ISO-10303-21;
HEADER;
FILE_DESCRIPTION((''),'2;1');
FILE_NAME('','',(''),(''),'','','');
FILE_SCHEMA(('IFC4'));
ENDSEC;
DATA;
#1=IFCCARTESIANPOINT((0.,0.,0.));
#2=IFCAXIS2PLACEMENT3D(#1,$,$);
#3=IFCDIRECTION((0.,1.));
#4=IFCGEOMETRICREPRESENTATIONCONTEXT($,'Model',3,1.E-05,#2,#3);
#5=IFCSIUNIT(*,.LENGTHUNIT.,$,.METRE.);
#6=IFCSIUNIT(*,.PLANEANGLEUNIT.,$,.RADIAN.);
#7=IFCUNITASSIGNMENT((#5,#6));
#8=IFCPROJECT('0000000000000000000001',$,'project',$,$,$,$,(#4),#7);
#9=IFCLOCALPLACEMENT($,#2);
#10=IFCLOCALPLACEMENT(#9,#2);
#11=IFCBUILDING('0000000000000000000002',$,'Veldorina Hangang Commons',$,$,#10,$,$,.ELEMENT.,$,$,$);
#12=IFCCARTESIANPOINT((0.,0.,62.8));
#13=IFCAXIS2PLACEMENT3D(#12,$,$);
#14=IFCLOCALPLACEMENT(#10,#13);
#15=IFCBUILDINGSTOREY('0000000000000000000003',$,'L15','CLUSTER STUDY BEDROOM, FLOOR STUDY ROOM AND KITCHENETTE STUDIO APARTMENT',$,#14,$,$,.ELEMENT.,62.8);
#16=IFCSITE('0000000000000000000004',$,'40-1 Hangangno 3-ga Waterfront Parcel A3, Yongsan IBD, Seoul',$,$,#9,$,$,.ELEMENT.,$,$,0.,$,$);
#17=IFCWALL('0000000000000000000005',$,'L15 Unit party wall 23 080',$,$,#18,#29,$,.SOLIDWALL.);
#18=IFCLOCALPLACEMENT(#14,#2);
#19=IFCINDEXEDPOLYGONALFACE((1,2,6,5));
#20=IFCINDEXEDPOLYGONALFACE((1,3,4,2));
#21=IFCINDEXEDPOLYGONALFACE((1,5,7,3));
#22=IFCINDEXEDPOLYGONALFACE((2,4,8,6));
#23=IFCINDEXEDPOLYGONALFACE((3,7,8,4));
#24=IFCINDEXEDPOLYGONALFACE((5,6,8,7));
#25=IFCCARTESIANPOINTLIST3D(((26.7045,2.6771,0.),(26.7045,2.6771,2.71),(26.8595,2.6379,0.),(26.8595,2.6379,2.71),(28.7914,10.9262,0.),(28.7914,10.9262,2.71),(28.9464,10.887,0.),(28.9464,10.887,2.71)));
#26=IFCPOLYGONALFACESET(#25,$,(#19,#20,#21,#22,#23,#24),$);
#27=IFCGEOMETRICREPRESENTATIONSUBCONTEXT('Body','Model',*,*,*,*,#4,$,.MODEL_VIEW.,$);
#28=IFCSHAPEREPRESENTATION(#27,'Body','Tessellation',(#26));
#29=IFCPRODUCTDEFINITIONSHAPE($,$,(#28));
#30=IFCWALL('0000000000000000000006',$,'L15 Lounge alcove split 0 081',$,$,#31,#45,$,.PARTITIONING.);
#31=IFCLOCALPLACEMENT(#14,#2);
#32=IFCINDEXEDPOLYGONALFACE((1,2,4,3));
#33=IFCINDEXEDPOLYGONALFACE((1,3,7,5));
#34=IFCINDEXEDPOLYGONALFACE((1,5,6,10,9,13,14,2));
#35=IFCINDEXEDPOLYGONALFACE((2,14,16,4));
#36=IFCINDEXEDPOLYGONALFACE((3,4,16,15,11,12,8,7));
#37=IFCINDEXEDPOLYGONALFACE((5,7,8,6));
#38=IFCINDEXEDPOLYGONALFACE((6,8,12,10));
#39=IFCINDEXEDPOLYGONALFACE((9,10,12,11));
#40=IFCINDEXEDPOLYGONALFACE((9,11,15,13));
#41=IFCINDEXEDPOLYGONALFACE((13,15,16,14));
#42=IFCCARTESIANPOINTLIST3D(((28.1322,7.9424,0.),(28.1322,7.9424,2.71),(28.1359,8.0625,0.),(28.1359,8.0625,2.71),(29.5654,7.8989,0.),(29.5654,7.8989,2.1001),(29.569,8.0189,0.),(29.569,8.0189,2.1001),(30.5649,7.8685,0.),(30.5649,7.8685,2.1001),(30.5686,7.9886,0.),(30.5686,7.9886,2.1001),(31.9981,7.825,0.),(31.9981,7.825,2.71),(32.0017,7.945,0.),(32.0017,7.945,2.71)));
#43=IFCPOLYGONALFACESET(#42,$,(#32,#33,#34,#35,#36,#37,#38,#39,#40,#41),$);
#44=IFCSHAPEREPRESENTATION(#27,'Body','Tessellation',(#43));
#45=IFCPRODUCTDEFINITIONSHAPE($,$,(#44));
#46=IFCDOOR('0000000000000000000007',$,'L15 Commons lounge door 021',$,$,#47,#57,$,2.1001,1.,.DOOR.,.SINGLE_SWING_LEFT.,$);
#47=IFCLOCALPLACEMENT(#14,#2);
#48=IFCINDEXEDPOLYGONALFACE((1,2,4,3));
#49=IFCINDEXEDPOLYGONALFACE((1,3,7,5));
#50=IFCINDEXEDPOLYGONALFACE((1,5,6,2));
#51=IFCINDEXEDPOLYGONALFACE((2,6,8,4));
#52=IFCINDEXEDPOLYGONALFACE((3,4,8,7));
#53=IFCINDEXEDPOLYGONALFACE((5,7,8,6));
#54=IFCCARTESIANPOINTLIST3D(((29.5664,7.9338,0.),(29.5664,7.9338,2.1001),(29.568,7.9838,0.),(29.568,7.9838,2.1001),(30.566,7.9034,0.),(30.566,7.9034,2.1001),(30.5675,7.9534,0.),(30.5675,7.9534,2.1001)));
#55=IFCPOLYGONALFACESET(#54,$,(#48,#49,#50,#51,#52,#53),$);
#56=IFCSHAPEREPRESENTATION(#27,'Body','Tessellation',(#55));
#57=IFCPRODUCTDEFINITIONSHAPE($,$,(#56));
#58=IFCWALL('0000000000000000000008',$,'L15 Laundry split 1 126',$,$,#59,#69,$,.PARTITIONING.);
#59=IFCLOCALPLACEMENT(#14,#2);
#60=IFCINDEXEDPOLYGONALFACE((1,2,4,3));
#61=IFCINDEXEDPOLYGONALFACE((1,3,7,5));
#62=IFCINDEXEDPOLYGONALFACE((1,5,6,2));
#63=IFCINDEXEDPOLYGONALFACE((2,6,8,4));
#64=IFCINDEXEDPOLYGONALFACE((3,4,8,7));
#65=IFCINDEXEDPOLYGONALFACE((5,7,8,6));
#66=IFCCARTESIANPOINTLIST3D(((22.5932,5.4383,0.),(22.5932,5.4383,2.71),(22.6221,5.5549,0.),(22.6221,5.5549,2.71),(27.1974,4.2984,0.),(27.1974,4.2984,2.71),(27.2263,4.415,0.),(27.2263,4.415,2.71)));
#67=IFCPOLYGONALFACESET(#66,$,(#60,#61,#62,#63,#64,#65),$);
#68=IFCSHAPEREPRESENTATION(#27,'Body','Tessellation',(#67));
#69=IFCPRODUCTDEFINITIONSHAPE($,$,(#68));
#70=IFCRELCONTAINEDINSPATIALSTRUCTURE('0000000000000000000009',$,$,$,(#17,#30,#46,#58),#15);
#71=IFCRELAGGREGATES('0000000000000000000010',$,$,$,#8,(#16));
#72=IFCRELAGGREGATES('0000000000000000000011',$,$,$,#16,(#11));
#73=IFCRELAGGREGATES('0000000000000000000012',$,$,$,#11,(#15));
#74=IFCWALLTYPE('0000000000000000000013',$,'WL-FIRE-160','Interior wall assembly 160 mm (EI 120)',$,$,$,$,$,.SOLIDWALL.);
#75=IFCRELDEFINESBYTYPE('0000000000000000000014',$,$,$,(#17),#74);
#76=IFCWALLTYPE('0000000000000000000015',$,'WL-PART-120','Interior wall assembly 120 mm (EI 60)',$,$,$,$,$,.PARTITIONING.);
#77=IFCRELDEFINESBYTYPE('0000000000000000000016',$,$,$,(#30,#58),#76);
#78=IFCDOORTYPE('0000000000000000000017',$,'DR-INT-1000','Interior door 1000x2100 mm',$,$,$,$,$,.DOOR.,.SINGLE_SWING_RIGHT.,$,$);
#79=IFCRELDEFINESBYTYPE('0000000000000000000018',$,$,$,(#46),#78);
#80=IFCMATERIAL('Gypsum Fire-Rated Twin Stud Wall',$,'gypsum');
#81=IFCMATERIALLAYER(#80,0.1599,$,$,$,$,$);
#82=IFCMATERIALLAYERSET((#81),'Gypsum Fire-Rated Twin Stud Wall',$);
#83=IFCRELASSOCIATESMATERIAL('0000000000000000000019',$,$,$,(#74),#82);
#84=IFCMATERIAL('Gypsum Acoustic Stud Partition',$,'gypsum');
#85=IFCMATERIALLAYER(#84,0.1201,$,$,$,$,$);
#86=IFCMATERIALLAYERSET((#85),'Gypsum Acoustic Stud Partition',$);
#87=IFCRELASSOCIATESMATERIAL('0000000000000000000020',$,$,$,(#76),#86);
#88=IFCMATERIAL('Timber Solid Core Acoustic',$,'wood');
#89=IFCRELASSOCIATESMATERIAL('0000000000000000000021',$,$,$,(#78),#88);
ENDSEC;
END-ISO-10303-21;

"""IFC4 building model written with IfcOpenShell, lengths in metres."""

from ifc_helpers import new_model, si_unit, direction, frame, frame_2d, origin, place, context, subcontext, project, spatial, rectangle, extrude, material, layer, layer_set, type_object, element, fill, save


model = new_model("IFC4")

# Units and contexts
model_context = context("Model", 3, precision=1e-05, world=origin(), true_north=direction((0.0, 1.0)))
body_context = subcontext(model_context, "Body", "Model", "MODEL_VIEW")
ifc_project = project(units=[si_unit("LENGTHUNIT", "METRE"), si_unit("PLANEANGLEUNIT", "RADIAN")], contexts=[model_context])

# Site, building, storey
site_placement = place(None, origin())
site = spatial("IfcSite", under=ifc_project, at=site_placement, Name="40-1 Hangangno 3-ga Waterfront Parcel A3, Yongsan IBD, Seoul", CompositionType="ELEMENT", RefElevation=0.0)
building_placement = place(site_placement, origin())
building = spatial("IfcBuilding", under=site, at=building_placement, Name="Veldorina Hangang Commons", CompositionType="ELEMENT")
storey_placement = place(building_placement, frame((0.0, 0.0, 62.8)))
storey = spatial("IfcBuildingStorey", under=building, at=storey_placement, Name="L15", Description="CLUSTER STUDY BEDROOM, FLOOR STUDY ROOM AND KITCHENETTE STUDIO APARTMENT", CompositionType="ELEMENT", Elevation=62.8)

# Shared definitions
ifc_material_1 = material(Name="Gypsum Fire-Rated Twin Stud Wall", Category="gypsum")
ifc_layer_1 = layer(ifc_material_1, 0.1599)
ifc_layer_set_1 = layer_set([ifc_layer_1], Name="Gypsum Fire-Rated Twin Stud Wall")
wall_type_1 = type_object("IfcWallType", Name="WL-FIRE-160", Description="Interior wall assembly 160 mm (EI 120)", PredefinedType="SOLIDWALL", material=ifc_layer_set_1)
ifc_material_2 = material(Name="Timber Solid Core Acoustic", Category="wood")

# Wall
wall_1_placement = place(storey_placement, frame((28.8689, 10.9065, 0.0), z_axis=(0.0, 0.0, 1.0), x_axis=(-0.245262, -0.969457, 0.0)))
element("IfcWall", 1, at=wall_1_placement, inside=storey, type_object=wall_type_1, Name="L15 Unit party wall 23 080", PredefinedType="SOLIDWALL", context=body_context, shape_type="SweptSolid", body=[
    extrude(rectangle(XDim=8.509, YDim=0.1599, at=frame_2d((4.2544, 0.0))), origin(), (0.0, 0.0, 1.0), 2.71),
])

# Wall, opening, door
ifc_material_3 = material(Name="Gypsum Acoustic Stud Partition", Category="gypsum")
ifc_layer_2 = layer(ifc_material_3, 0.1201)
ifc_layer_set_2 = layer_set([ifc_layer_2], Name="Gypsum Acoustic Stud Partition")
wall_type_2 = type_object("IfcWallType", Name="WL-PART-120", Description="Interior wall assembly 120 mm (EI 60)", PredefinedType="PARTITIONING", material=ifc_layer_set_2)
wall_2_placement = place(storey_placement, frame((28.134, 8.0024, 0.0), z_axis=(0.0, 0.0, 1.0), x_axis=(0.999539, -0.030362, 0.0)))
wall_2 = element("IfcWall", 2, at=wall_2_placement, inside=storey, type_object=wall_type_2, Name="L15 Lounge alcove split 0 081", PredefinedType="PARTITIONING", context=body_context, shape_type="SweptSolid", body=[
    extrude(rectangle(XDim=3.8677, YDim=0.1201, at=frame_2d((1.9338, 0.0))), origin(), (0.0, 0.0, 1.0), 2.71),
])
opening_1_placement = place(wall_2_placement, frame((1.4338, 0.0, 0.0)))
opening_1 = element("IfcOpeningElement", 3, at=opening_1_placement, cuts=wall_2, PredefinedType="OPENING", context=body_context, shape_type="SweptSolid", body=[
    extrude(rectangle(XDim=1.0, YDim=2.1001, at=frame_2d((0.5, 1.05))), frame((0.0, 0.0701, 0.0), z_axis=(0.0, -1.0, 0.0), x_axis=(1.0, 0.0, 0.0)), (0.0, 0.0, 1.0), 0.1401),
])
door_type_1 = type_object("IfcDoorType", Name="DR-INT-1000", Description="Interior door 1000x2100 mm", OperationType="SINGLE_SWING_RIGHT", PredefinedType="DOOR", material=ifc_material_2)
door_1_placement = place(opening_1_placement, origin())
door_1 = element("IfcDoor", 4, at=door_1_placement, inside=storey, type_object=door_type_1, Name="L15 Commons lounge door 021", OperationType="SINGLE_SWING_LEFT", OverallHeight=2.1001, OverallWidth=1.0, PredefinedType="DOOR", context=body_context, shape_type="SweptSolid", body=[
    extrude(rectangle(XDim=1.0, YDim=2.1001, at=frame_2d((0.5, 1.05))), frame((0.0, 0.0249, 0.0), z_axis=(0.0, -1.0, 0.0), x_axis=(1.0, 0.0, 0.0)), (0.0, 0.0, 1.0), 0.05),
])
fill(opening_1, door_1)

# Wall
wall_3_placement = place(storey_placement, frame((22.6077, 5.4966, 0.0), z_axis=(0.0, 0.0, 1.0), x_axis=(0.970694, -0.240319, 0.0)))
element("IfcWall", 5, at=wall_3_placement, inside=storey, type_object=wall_type_2, Name="L15 Laundry split 1 126", PredefinedType="PARTITIONING", context=body_context, shape_type="SweptSolid", body=[
    extrude(rectangle(XDim=4.7432, YDim=0.1201, at=frame_2d((2.3716, 0.0))), origin(), (0.0, 0.0, 1.0), 2.71),
])

save(model, "model.ifc")
